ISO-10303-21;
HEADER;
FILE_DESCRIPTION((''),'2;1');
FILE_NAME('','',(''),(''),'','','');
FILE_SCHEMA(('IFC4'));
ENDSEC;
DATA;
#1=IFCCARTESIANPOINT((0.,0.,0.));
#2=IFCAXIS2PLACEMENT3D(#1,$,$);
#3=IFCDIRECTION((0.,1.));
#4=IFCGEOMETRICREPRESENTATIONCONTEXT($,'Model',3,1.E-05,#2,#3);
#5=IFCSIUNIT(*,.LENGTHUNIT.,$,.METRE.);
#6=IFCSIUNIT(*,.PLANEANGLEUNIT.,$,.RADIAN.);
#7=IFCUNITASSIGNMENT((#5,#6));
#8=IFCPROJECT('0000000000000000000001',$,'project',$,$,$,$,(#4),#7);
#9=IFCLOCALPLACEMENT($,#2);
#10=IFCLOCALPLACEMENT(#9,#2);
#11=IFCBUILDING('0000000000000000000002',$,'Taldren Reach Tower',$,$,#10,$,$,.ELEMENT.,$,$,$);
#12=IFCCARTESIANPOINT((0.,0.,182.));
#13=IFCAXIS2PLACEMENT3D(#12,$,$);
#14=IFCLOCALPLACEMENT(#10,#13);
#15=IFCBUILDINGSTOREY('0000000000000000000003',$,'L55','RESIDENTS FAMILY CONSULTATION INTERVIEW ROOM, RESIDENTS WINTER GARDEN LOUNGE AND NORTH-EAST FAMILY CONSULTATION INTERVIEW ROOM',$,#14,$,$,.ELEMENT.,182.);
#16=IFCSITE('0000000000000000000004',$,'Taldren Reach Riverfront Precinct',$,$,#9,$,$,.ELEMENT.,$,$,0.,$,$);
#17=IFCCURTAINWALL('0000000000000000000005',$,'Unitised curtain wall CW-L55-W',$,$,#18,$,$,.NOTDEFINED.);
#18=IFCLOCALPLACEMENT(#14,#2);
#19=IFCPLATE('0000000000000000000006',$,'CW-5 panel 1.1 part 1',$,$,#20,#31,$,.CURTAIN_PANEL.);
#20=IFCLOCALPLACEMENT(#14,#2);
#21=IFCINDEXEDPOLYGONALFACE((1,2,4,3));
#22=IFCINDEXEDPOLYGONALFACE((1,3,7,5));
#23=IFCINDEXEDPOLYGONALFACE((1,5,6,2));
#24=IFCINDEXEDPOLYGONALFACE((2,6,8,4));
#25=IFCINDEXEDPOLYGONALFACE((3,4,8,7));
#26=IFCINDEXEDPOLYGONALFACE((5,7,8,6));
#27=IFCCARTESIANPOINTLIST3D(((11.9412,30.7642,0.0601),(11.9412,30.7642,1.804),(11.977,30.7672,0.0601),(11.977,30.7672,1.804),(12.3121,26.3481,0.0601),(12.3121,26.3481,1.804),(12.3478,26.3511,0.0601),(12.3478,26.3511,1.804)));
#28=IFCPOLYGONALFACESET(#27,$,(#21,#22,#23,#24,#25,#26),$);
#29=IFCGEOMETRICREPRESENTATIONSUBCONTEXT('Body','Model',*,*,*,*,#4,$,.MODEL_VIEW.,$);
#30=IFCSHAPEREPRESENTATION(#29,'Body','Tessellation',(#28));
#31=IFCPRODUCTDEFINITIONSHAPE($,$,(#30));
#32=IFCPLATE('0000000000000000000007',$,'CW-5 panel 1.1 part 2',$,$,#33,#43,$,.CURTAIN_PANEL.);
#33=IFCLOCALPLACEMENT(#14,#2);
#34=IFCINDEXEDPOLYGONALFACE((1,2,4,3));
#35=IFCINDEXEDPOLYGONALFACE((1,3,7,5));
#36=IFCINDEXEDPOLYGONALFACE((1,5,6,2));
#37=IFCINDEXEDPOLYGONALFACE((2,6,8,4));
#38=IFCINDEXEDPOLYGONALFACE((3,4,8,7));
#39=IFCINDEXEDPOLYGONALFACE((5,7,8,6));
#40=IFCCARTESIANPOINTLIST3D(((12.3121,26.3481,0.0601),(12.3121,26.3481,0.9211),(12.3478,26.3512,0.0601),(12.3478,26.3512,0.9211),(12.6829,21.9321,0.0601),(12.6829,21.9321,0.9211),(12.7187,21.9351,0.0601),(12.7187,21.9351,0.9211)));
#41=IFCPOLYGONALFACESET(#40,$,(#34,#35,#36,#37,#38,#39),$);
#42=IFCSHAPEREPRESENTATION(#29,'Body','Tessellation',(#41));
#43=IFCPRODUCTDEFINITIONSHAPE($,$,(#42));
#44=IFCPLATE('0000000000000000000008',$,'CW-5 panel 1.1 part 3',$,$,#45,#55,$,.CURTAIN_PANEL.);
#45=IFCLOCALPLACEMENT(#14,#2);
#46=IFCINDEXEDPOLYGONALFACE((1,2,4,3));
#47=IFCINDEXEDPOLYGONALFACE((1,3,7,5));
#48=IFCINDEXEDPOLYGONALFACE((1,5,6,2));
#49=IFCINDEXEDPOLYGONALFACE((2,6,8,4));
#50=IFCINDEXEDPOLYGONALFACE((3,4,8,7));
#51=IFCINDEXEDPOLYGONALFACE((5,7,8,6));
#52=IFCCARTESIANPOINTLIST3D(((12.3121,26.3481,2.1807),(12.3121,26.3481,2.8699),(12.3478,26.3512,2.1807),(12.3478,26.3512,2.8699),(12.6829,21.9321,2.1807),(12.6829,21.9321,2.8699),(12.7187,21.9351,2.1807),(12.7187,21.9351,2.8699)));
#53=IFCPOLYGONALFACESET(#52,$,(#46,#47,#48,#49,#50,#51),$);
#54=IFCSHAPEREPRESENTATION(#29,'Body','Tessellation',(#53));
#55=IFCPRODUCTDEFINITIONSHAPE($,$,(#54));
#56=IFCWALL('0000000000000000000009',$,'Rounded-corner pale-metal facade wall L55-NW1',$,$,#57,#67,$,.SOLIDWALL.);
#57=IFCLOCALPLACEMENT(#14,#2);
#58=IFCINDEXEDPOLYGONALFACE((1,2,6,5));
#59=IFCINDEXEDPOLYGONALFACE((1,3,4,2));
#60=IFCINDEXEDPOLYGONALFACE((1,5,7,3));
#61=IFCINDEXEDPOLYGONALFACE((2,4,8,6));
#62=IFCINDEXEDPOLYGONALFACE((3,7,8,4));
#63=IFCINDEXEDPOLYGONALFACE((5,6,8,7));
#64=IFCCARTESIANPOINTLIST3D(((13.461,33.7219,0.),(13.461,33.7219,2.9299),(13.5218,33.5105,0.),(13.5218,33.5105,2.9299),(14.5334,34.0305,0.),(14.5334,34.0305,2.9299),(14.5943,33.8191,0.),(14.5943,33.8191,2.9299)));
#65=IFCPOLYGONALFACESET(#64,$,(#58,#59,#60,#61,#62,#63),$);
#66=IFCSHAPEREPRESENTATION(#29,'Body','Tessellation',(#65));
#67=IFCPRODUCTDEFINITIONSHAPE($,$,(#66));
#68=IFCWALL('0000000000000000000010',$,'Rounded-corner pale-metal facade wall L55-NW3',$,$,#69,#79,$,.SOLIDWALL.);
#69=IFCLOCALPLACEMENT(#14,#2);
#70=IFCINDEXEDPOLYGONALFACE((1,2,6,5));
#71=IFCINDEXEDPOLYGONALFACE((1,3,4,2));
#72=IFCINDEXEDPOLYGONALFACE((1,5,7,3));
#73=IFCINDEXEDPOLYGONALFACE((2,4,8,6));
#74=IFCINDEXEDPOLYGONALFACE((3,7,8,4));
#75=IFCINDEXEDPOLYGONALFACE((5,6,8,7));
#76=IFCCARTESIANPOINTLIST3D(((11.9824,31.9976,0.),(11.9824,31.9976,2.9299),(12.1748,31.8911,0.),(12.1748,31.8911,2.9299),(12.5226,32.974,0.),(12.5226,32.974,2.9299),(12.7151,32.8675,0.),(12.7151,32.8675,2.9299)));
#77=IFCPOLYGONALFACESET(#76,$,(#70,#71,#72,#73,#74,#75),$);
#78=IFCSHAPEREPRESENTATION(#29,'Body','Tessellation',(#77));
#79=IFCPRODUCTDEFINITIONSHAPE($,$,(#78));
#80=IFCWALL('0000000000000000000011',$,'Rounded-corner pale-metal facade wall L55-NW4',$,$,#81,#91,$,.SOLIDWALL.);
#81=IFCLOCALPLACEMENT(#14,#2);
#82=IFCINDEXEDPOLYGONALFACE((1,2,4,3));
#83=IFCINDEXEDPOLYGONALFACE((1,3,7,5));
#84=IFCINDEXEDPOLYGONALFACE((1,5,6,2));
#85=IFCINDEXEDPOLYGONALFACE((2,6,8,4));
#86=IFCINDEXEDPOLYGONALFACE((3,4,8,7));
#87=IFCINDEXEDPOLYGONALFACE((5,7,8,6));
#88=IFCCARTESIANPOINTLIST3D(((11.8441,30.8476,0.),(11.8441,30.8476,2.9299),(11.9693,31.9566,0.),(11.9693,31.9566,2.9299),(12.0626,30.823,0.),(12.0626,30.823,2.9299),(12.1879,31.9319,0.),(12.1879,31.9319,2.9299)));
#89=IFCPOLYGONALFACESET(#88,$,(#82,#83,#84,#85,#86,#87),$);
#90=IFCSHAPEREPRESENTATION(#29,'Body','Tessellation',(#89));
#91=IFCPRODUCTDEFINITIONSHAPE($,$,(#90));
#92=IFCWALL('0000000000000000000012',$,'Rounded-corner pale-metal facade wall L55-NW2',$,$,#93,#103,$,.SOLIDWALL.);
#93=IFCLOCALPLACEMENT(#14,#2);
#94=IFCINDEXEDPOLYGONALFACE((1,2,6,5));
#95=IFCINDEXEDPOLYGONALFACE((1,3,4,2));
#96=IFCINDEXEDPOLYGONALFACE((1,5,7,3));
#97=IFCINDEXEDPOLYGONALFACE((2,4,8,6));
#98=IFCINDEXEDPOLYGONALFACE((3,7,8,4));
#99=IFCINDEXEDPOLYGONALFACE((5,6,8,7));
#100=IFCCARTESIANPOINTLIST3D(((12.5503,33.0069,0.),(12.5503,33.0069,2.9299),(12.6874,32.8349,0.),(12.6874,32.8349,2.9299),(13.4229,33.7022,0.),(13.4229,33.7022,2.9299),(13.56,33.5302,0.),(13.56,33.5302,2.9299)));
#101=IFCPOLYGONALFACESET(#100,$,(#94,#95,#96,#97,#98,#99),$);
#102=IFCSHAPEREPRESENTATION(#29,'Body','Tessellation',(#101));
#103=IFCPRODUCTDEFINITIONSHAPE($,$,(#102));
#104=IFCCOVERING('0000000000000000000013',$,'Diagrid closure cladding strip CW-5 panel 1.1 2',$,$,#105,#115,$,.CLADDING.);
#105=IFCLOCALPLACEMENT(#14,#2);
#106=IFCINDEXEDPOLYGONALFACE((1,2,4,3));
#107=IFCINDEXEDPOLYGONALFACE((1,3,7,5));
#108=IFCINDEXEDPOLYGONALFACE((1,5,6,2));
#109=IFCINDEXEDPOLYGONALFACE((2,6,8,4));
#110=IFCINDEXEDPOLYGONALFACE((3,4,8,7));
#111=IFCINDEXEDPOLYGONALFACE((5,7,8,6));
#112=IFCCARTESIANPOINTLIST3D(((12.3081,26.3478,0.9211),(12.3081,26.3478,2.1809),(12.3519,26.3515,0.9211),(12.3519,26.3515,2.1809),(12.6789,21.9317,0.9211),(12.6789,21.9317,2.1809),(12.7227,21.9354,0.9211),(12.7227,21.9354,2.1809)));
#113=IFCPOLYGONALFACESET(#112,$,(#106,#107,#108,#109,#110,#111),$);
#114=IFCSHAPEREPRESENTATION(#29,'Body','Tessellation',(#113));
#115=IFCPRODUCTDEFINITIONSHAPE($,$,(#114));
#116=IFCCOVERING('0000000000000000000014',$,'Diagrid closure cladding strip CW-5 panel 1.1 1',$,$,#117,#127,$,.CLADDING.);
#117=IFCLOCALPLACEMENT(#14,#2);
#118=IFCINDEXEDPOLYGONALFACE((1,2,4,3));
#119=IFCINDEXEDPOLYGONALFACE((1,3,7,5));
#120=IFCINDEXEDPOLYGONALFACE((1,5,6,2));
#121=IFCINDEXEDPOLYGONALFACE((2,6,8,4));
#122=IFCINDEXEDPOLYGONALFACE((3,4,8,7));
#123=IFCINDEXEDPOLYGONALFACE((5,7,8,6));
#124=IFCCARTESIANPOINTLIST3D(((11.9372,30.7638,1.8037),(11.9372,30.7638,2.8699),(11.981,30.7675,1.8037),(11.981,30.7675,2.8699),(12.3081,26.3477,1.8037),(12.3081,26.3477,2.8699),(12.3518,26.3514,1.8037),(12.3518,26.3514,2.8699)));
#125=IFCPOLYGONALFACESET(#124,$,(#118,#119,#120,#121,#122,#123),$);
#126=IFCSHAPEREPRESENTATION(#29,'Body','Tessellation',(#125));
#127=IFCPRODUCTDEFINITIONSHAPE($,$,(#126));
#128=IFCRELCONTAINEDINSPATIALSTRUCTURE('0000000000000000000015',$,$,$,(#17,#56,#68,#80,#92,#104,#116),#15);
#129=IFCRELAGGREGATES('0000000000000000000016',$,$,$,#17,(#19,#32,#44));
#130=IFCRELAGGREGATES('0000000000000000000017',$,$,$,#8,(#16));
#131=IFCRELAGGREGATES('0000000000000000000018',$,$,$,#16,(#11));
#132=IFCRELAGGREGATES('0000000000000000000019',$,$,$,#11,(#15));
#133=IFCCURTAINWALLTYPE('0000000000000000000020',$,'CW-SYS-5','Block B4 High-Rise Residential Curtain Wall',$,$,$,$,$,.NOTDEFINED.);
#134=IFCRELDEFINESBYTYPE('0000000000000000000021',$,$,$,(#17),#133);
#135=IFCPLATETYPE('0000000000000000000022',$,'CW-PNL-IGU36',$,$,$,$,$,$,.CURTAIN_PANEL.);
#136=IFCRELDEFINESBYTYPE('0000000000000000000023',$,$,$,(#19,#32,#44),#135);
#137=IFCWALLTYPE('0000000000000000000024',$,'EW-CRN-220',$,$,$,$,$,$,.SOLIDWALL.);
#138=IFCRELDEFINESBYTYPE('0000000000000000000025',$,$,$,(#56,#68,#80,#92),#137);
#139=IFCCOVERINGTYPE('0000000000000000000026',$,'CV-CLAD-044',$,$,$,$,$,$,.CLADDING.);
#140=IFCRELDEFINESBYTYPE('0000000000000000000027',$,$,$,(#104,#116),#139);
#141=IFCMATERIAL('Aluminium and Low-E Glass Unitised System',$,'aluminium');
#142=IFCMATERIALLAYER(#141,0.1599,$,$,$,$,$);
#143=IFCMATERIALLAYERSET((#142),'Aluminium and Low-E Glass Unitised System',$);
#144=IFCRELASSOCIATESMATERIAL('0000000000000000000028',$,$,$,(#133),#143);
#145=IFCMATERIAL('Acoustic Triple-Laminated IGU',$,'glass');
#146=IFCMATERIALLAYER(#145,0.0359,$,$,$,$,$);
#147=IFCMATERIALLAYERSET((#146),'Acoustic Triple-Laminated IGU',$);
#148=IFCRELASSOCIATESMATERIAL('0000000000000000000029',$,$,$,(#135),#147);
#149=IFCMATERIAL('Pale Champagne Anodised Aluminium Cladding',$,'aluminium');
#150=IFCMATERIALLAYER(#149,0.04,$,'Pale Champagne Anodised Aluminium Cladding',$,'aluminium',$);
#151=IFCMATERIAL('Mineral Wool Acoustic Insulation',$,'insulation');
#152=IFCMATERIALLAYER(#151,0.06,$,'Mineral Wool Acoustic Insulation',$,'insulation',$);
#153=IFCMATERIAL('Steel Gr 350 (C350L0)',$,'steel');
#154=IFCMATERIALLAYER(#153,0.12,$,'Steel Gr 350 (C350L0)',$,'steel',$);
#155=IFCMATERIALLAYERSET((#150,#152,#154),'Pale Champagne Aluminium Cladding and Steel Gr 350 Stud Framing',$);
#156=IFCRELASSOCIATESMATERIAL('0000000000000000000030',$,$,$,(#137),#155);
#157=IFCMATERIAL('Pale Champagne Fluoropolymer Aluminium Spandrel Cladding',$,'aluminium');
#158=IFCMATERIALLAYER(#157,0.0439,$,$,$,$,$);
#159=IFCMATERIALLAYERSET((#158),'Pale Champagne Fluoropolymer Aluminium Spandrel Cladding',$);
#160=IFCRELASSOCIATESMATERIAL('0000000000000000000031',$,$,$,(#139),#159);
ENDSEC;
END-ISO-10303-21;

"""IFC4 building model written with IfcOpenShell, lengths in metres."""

from ifc_helpers import new_model, si_unit, direction, frame, frame_2d, origin, origin_2d, place, context, subcontext, project, spatial, rectangle, extrude, source, transform, mapped, material, layer, layer_set, type_object, element, aggregate, save


model = new_model("IFC4")

# Units and contexts
model_context = context("Model", 3, precision=1e-05, world=origin(), true_north=direction((0.0, 1.0)))
body_context = subcontext(model_context, "Body", "Model", "MODEL_VIEW")
ifc_project = project(units=[si_unit("LENGTHUNIT", "METRE"), si_unit("PLANEANGLEUNIT", "RADIAN")], contexts=[model_context])

# Site, building, storey
site_placement = place(None, origin())
site = spatial("IfcSite", under=ifc_project, at=site_placement, Name="Taldren Reach Riverfront Precinct", CompositionType="ELEMENT", RefElevation=0.0)
building_placement = place(site_placement, origin())
building = spatial("IfcBuilding", under=site, at=building_placement, Name="Taldren Reach Tower", CompositionType="ELEMENT")
storey_placement = place(building_placement, frame((0.0, 0.0, 182.0)))
storey = spatial("IfcBuildingStorey", under=building, at=storey_placement, Name="L55", Description="RESIDENTS FAMILY CONSULTATION INTERVIEW ROOM, RESIDENTS WINTER GARDEN LOUNGE AND NORTH-EAST FAMILY CONSULTATION INTERVIEW ROOM", CompositionType="ELEMENT", Elevation=182.0)

# Shared definitions
ifc_material_1 = material(Name="Steel Gr 350 (C350L0)", Category="steel")

# Shared definitions
ifc_material_2 = material(Name="Aluminium and Low-E Glass Unitised System", Category="aluminium")
ifc_layer_1 = layer(ifc_material_2, 0.1599)
ifc_layer_set_1 = layer_set([ifc_layer_1], Name="Aluminium and Low-E Glass Unitised System")
curtain_wall_type = type_object("IfcCurtainWallType", Name="CW-SYS-5", Description="Block B4 High-Rise Residential Curtain Wall", PredefinedType="NOTDEFINED", material=ifc_layer_set_1)

# Curtain wall
curtain_wall_1_placement = place(storey_placement, origin())
curtain_wall_1 = element("IfcCurtainWall", 1, at=curtain_wall_1_placement, inside=storey, type_object=curtain_wall_type, Name="Unitised curtain wall CW-L55-W", PredefinedType="NOTDEFINED")

# Plates
ifc_material_3 = material(Name="Acoustic Triple-Laminated IGU", Category="glass")
ifc_layer_2 = layer(ifc_material_3, 0.0359)
ifc_layer_set_2 = layer_set([ifc_layer_2], Name="Acoustic Triple-Laminated IGU")
plate_type_1 = type_object("IfcPlateType", Name="CW-PNL-IGU36", PredefinedType="CURTAIN_PANEL", material=ifc_layer_set_2)
shared_shape_1 = source(origin(), body_context, "Body", "SweptSolid", [
    extrude(rectangle(XDim=4.4316, YDim=0.0359, at=origin_2d()), origin(), (0.0, 0.0, 1.0), 1.7439),
])
plate_1_placement = place(storey_placement, frame((12.1445, 28.5576, 0.0601), z_axis=(0.0, 0.0, 1.0), x_axis=(0.083678, -0.996493, 0.0)))
plate_1 = element("IfcPlate", 2, at=plate_1_placement, type_object=plate_type_1, Name="CW-5 panel 1.1 part 1", PredefinedType="CURTAIN_PANEL", context=body_context, shape_type="MappedRepresentation", body=[
    mapped(shared_shape_1, transform((0.0, 0.0, 0.0), scale=1.0)),
])
shared_shape_2 = source(origin(), body_context, "Body", "SweptSolid", [
    extrude(rectangle(XDim=4.4316, YDim=0.0359, at=origin_2d()), origin(), (0.0, 0.0, 1.0), 0.8611),
])
plate_2_placement = place(storey_placement, frame((12.5154, 24.1416, 0.0601), z_axis=(0.0, 0.0, 1.0), x_axis=(0.083678, -0.996493, 0.0)))
plate_2 = element("IfcPlate", 3, at=plate_2_placement, type_object=plate_type_1, Name="CW-5 panel 1.1 part 2", PredefinedType="CURTAIN_PANEL", context=body_context, shape_type="MappedRepresentation", body=[
    mapped(shared_shape_2, transform((0.0, 0.0, 0.0), scale=1.0)),
])
shared_shape_3 = source(origin(), body_context, "Body", "SweptSolid", [
    extrude(rectangle(XDim=4.4316, YDim=0.0359, at=origin_2d()), origin(), (0.0, 0.0, 1.0), 0.6892),
])
plate_3_placement = place(storey_placement, frame((12.5154, 24.1416, 2.1807), z_axis=(0.0, 0.0, 1.0), x_axis=(0.083678, -0.996493, 0.0)))
plate_3 = element("IfcPlate", 4, at=plate_3_placement, type_object=plate_type_1, Name="CW-5 panel 1.1 part 3", PredefinedType="CURTAIN_PANEL", context=body_context, shape_type="MappedRepresentation", body=[
    mapped(shared_shape_3, transform((0.0, 0.0, 0.0), scale=1.0)),
])
aggregate(curtain_wall_1, [plate_1, plate_2, plate_3])

# Walls
ifc_material_4 = material(Name="Pale Champagne Anodised Aluminium Cladding", Category="aluminium")
ifc_layer_3 = layer(ifc_material_4, 0.04, Name="Pale Champagne Anodised Aluminium Cladding", Category="aluminium")
ifc_material_5 = material(Name="Mineral Wool Acoustic Insulation", Category="insulation")
ifc_layer_4 = layer(ifc_material_5, 0.06, Name="Mineral Wool Acoustic Insulation", Category="insulation")
ifc_layer_5 = layer(ifc_material_1, 0.12, Name="Steel Gr 350 (C350L0)", Category="steel")
ifc_layer_set_3 = layer_set([ifc_layer_3, ifc_layer_4, ifc_layer_5], Name="Pale Champagne Aluminium Cladding and Steel Gr 350 Stud Framing")
wall_type = type_object("IfcWallType", Name="EW-CRN-220", PredefinedType="SOLIDWALL", material=ifc_layer_set_3)
shared_shape_4 = source(origin(), body_context, "Body", "SweptSolid", [
    extrude(rectangle(XDim=1.116, YDim=0.22, at=frame_2d((0.5581, 0.0))), origin(), (0.0, 0.0, 1.0), 2.9299),
])
for number, where, z_axis, x_axis, name in (
    (5, (14.564, 33.9248, 0.0), (0.0, 0.0, 1.0), (-0.96101, -0.276512, 0.0), "Rounded-corner pale-metal facade wall L55-NW1"),
    (6, (12.6189, 32.9209, 0.0), (0.0, 0.0, 1.0), (-0.484101, -0.875012, 0.0), "Rounded-corner pale-metal facade wall L55-NW3"),
    (7, (12.0786, 31.9443, 0.0), (0.0, 0.0, 1.0), (-0.112232, -0.993682, 0.0), "Rounded-corner pale-metal facade wall L55-NW4"),
):
    element("IfcWall", number, at=place(storey_placement, frame(where, z_axis=z_axis, x_axis=x_axis)), inside=storey, type_object=wall_type, Name=name, PredefinedType="SOLIDWALL", context=body_context, shape_type="MappedRepresentation", body=[
        mapped(shared_shape_4, transform((0.0, 0.0, 0.0), scale=1.0)),
    ])
shared_shape_5 = source(origin(), body_context, "Body", "SweptSolid", [
    extrude(rectangle(XDim=1.1157, YDim=0.22, at=frame_2d((0.5579, 0.0))), origin(), (0.0, 0.0, 1.0), 2.9299),
])
wall_placement = place(storey_placement, frame((13.4915, 33.6162, 0.0), z_axis=(0.0, 0.0, 1.0), x_axis=(-0.782063, -0.6232, 0.0)))
element("IfcWall", 8, at=wall_placement, inside=storey, type_object=wall_type, Name="Rounded-corner pale-metal facade wall L55-NW2", PredefinedType="SOLIDWALL", context=body_context, shape_type="MappedRepresentation", body=[
    mapped(shared_shape_5, transform((0.0, 0.0, 0.0), scale=1.0)),
])

# Coverings
ifc_material_6 = material(Name="Pale Champagne Fluoropolymer Aluminium Spandrel Cladding", Category="aluminium")
ifc_layer_6 = layer(ifc_material_6, 0.0439)
ifc_layer_set_4 = layer_set([ifc_layer_6], Name="Pale Champagne Fluoropolymer Aluminium Spandrel Cladding")
covering_type = type_object("IfcCoveringType", Name="CV-CLAD-044", PredefinedType="CLADDING", material=ifc_layer_set_4)
shared_shape_6 = source(origin(), body_context, "Body", "SweptSolid", [
    extrude(rectangle(XDim=4.4316, YDim=0.0439, at=origin_2d()), origin(), (0.0, 0.0, 1.0), 1.2598),
])
covering_1_placement = place(storey_placement, frame((12.5154, 24.1416, 0.9211), z_axis=(0.0, 0.0, 1.0), x_axis=(0.083678, -0.996493, 0.0)))
element("IfcCovering", 9, at=covering_1_placement, inside=storey, type_object=covering_type, Name="Diagrid closure cladding strip CW-5 panel 1.1 2", PredefinedType="CLADDING", context=body_context, shape_type="MappedRepresentation", body=[
    mapped(shared_shape_6, transform((0.0, 0.0, 0.0), scale=1.0)),
])
shared_shape_7 = source(origin(), body_context, "Body", "SweptSolid", [
    extrude(rectangle(XDim=4.4316, YDim=0.0439, at=origin_2d()), origin(), (0.0, 0.0, 1.0), 1.0662),
])
covering_2_placement = place(storey_placement, frame((12.1445, 28.5576, 1.8037), z_axis=(0.0, 0.0, 1.0), x_axis=(0.083678, -0.996493, 0.0)))
element("IfcCovering", 10, at=covering_2_placement, inside=storey, type_object=covering_type, Name="Diagrid closure cladding strip CW-5 panel 1.1 1", PredefinedType="CLADDING", context=body_context, shape_type="MappedRepresentation", body=[
    mapped(shared_shape_7, transform((0.0, 0.0, 0.0), scale=1.0)),
])

save(model, "model.ifc")
